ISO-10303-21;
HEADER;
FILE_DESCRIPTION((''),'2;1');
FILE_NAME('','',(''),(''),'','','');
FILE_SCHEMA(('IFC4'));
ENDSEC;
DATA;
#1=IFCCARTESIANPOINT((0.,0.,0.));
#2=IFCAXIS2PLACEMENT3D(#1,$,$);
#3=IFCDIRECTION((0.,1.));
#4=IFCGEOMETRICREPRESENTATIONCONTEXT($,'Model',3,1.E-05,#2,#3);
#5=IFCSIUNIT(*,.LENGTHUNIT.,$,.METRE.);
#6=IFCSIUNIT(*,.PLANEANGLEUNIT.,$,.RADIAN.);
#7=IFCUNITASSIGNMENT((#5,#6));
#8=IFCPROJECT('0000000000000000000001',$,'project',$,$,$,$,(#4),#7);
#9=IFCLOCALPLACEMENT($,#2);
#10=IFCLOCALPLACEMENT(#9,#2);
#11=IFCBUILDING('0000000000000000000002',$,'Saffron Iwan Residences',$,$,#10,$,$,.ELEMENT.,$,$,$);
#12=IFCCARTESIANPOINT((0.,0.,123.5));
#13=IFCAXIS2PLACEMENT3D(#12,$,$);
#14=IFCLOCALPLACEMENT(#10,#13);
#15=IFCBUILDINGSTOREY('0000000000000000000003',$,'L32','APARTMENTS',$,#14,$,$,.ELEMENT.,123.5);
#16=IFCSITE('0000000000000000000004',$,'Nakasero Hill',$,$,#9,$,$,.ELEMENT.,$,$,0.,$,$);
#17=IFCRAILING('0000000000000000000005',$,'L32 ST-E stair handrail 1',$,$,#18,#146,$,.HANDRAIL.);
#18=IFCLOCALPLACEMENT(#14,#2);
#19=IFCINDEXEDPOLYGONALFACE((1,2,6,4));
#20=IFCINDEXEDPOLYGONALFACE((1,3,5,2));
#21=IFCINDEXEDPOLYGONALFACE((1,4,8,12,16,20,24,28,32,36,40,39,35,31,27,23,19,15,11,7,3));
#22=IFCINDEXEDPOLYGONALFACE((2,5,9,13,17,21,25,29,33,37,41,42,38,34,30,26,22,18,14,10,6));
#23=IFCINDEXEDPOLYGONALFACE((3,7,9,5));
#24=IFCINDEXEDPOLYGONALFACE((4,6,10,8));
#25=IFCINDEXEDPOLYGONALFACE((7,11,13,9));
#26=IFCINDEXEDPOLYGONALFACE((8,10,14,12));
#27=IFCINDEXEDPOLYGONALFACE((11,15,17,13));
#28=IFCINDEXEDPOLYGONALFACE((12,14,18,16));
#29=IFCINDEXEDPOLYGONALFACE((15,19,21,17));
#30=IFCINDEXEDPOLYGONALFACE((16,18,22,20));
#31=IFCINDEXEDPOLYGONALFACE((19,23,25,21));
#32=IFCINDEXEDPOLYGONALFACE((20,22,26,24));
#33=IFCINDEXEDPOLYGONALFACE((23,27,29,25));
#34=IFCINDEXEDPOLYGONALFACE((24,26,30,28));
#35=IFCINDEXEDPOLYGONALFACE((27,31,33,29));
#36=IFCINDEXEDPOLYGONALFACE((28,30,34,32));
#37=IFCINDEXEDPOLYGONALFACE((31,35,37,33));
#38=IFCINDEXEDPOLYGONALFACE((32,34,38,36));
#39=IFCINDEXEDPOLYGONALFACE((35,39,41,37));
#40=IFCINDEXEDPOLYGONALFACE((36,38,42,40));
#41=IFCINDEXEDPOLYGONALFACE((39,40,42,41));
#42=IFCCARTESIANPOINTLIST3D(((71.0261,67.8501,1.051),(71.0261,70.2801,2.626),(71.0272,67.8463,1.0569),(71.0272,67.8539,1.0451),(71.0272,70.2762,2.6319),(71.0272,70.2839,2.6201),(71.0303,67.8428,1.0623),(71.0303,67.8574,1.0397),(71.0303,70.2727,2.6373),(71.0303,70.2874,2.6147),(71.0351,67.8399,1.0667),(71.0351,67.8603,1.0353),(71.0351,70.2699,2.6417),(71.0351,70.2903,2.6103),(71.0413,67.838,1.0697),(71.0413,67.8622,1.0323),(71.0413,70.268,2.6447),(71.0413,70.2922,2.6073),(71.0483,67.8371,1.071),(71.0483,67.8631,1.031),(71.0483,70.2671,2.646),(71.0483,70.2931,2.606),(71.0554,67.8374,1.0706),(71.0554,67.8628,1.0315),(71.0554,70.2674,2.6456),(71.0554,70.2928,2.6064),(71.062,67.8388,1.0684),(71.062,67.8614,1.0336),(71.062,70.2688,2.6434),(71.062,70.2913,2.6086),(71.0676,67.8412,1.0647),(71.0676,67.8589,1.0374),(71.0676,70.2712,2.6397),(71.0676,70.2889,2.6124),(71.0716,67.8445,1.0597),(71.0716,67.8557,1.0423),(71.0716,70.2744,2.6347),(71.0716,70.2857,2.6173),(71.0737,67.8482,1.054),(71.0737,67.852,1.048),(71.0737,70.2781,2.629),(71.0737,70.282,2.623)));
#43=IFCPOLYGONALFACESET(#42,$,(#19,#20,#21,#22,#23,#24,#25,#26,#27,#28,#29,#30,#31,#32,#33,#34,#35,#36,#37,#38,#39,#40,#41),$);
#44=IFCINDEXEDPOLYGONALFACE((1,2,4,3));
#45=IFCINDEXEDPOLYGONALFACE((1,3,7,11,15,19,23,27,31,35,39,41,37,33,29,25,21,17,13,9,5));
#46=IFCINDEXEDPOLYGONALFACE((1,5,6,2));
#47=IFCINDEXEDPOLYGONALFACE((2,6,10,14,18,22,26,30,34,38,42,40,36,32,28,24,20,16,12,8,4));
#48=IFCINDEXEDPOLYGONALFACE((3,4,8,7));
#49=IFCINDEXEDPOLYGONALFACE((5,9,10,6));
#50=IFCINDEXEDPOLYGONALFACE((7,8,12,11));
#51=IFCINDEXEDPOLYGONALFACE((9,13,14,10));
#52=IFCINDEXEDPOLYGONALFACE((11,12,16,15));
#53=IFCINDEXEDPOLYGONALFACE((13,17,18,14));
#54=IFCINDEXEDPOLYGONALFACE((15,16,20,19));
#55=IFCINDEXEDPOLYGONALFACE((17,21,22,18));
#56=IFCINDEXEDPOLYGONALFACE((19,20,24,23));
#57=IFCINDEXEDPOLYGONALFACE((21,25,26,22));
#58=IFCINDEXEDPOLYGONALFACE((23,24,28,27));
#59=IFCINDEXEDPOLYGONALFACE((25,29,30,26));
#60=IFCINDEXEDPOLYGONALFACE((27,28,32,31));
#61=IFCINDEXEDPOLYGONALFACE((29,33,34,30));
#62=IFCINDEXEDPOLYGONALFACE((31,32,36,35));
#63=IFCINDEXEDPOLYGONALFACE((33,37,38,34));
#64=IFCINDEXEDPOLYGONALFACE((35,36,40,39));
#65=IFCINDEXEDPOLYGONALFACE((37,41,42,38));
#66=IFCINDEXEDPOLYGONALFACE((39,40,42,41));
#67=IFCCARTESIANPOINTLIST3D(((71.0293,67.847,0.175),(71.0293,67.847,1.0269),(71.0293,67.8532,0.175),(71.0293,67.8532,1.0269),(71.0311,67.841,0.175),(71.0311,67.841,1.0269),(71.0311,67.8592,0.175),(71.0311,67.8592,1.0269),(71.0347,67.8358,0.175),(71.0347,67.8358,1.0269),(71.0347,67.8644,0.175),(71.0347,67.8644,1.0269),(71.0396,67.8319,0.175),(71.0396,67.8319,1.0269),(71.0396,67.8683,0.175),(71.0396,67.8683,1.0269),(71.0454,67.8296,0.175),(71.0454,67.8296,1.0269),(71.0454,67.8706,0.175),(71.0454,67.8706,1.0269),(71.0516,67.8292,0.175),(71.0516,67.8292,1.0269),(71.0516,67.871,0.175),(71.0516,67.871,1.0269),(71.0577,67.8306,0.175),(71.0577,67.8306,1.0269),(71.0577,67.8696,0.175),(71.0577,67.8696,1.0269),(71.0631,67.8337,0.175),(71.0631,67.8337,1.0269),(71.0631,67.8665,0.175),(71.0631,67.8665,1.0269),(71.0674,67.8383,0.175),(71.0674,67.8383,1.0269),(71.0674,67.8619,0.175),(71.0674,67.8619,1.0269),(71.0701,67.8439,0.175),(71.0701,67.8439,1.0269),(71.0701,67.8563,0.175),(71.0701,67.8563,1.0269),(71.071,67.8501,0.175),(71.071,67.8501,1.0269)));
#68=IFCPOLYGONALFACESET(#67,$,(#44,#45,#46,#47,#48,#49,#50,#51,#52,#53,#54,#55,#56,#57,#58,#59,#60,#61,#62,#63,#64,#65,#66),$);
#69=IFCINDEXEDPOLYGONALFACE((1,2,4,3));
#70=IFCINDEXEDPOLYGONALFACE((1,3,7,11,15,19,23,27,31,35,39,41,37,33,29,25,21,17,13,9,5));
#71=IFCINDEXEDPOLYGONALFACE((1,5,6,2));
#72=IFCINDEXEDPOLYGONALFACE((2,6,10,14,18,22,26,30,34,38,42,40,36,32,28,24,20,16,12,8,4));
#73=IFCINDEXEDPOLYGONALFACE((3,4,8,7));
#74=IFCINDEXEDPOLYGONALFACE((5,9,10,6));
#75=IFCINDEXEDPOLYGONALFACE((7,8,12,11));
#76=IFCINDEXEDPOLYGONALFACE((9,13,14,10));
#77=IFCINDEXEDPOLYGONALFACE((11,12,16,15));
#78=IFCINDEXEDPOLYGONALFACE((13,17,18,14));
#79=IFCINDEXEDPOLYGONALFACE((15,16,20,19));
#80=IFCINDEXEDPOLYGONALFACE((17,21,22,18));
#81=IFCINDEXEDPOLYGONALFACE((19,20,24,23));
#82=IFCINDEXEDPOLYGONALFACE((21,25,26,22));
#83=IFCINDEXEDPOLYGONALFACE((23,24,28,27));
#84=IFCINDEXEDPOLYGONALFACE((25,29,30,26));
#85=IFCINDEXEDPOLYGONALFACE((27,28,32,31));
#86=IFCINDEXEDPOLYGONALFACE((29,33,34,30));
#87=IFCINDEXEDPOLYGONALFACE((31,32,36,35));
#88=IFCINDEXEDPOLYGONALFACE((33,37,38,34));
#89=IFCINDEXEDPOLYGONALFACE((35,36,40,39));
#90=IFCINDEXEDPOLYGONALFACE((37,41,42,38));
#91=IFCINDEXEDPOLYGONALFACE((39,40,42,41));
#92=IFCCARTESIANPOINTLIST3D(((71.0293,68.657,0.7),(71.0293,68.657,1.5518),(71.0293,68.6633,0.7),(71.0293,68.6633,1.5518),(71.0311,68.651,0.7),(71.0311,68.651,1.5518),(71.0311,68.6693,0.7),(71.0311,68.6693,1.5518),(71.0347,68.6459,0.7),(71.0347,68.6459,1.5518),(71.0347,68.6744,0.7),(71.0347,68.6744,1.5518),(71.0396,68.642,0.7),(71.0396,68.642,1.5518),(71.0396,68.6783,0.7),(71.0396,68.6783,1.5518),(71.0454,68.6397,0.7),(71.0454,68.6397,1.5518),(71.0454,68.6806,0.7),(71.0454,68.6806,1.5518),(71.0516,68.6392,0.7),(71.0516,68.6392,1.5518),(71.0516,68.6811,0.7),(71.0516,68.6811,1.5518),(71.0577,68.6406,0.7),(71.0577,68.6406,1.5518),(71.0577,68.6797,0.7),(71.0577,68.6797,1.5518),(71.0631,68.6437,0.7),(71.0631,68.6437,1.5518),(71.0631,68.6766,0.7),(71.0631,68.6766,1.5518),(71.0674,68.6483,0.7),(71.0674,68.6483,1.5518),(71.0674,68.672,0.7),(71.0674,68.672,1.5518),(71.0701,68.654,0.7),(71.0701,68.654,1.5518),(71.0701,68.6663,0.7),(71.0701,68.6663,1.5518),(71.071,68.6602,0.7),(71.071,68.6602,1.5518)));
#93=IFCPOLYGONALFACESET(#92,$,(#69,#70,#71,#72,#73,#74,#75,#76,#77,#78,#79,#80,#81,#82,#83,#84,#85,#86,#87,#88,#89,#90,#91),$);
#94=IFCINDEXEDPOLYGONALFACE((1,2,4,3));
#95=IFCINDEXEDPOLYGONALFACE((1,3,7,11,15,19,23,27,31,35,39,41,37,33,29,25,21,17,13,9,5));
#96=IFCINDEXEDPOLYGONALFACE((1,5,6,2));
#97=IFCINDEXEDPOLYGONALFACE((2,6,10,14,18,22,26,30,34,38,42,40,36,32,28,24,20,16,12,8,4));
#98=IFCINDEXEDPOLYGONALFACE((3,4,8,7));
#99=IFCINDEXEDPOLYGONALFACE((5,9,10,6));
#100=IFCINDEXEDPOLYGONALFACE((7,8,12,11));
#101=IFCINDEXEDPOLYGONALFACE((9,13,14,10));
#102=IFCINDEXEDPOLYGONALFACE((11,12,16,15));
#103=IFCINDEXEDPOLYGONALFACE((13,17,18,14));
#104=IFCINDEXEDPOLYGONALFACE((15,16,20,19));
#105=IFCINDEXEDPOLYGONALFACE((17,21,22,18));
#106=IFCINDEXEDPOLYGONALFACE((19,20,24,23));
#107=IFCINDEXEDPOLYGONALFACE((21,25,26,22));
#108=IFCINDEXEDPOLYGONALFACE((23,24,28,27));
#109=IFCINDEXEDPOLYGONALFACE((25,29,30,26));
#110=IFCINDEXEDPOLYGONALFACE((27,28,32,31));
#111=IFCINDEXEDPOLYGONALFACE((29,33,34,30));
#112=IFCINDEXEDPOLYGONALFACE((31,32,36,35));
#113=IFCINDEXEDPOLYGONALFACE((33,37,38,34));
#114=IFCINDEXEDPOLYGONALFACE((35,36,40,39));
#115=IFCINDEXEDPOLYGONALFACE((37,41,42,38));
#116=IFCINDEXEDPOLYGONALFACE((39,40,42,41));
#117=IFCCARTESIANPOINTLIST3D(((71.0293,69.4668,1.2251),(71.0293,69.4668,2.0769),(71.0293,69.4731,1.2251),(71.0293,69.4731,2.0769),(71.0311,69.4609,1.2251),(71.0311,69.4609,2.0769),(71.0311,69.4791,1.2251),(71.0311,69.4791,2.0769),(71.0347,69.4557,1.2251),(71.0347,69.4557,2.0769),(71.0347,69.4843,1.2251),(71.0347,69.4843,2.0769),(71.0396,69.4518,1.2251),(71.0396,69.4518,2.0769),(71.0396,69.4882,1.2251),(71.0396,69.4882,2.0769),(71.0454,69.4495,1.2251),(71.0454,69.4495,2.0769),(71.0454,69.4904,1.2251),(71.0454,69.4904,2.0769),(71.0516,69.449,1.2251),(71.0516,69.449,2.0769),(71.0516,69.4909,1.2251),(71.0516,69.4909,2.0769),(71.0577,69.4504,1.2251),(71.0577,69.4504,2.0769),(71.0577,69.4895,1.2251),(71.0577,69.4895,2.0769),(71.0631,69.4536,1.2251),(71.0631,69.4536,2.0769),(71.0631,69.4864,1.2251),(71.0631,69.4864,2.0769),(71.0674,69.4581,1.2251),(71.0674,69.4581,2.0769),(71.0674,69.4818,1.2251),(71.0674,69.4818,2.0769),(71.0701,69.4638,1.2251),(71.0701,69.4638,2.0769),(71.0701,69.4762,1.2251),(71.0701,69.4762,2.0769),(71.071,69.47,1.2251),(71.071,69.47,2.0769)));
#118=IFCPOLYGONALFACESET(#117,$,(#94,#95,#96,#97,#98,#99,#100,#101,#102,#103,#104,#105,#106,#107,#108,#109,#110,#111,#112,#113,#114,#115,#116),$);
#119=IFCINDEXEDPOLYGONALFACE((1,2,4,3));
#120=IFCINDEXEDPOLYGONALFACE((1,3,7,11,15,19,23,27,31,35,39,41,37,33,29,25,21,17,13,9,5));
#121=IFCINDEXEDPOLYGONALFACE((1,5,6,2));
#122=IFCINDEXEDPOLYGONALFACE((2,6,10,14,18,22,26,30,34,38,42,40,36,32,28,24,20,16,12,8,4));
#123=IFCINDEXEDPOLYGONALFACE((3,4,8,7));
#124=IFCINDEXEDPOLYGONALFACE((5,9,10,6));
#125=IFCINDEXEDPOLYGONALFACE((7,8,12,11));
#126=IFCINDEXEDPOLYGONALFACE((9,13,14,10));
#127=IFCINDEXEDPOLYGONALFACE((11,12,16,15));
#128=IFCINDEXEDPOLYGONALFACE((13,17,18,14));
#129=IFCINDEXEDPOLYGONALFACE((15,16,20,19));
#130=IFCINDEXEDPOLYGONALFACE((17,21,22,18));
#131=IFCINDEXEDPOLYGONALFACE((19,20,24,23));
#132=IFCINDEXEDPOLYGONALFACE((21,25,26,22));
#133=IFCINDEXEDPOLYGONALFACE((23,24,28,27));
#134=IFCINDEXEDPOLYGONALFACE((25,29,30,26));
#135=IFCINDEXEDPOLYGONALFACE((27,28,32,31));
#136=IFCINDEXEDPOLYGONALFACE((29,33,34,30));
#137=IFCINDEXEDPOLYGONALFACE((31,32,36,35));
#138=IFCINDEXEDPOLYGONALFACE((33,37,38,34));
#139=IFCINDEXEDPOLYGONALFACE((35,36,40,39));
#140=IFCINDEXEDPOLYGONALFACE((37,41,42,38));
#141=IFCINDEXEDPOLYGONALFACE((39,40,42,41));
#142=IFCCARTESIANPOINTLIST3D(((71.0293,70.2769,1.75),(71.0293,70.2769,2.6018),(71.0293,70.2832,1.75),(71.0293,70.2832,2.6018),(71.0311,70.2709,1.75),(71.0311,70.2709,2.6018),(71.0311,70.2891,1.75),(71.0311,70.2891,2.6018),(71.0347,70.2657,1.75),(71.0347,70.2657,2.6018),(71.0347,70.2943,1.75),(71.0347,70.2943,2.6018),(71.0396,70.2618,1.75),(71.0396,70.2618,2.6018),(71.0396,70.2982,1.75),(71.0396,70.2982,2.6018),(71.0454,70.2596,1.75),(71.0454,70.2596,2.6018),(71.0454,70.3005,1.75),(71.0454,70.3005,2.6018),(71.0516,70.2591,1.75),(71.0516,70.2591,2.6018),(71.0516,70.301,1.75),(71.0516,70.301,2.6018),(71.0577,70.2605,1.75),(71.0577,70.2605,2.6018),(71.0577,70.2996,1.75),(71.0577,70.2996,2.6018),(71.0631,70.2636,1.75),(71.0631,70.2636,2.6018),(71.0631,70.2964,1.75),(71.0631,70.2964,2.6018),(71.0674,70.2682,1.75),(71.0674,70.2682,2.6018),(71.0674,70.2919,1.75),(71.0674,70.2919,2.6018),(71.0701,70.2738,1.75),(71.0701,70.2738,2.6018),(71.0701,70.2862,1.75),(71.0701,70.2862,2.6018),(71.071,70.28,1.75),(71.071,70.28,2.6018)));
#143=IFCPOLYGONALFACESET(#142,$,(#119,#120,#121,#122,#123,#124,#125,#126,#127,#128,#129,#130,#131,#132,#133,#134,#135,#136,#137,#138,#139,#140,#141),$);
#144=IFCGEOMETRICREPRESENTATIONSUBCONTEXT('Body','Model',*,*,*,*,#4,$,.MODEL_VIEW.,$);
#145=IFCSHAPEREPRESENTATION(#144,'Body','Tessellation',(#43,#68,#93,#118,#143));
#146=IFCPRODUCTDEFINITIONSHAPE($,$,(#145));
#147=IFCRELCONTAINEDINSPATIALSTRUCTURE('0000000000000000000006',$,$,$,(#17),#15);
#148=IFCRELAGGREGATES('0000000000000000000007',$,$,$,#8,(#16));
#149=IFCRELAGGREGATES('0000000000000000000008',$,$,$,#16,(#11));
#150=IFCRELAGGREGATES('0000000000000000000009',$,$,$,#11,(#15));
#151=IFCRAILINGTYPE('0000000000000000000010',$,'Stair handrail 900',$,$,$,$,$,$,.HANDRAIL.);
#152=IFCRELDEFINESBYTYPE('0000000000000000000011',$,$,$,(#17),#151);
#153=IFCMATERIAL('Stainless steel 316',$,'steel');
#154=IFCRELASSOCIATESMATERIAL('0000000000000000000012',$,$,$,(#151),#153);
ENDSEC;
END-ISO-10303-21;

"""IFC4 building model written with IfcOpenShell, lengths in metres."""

from ifc_helpers import new_model, si_unit, direction, frame, origin, origin_2d, place, context, subcontext, project, spatial, circle, extrude, material, type_object, element, save


model = new_model("IFC4")

# Units and contexts
model_context = context("Model", 3, precision=1e-05, world=origin(), true_north=direction((0.0, 1.0)))
body_context = subcontext(model_context, "Body", "Model", "MODEL_VIEW")
ifc_project = project(units=[si_unit("LENGTHUNIT", "METRE"), si_unit("PLANEANGLEUNIT", "RADIAN")], contexts=[model_context])

# Site, building, storey
site_placement = place(None, origin())
site = spatial("IfcSite", under=ifc_project, at=site_placement, Name="Nakasero Hill", CompositionType="ELEMENT", RefElevation=0.0)
building_placement = place(site_placement, origin())
building = spatial("IfcBuilding", under=site, at=building_placement, Name="Saffron Iwan Residences", CompositionType="ELEMENT")
storey_placement = place(building_placement, frame((0.0, 0.0, 123.5)))
storey = spatial("IfcBuildingStorey", under=building, at=storey_placement, Name="L32", Description="APARTMENTS", CompositionType="ELEMENT", Elevation=123.5)

# Railing
ifc_material_1 = material(Name="Stainless steel 316", Category="steel")
railing_type_1 = type_object("IfcRailingType", Name="Stair handrail 900", PredefinedType="HANDRAIL", material=ifc_material_1)
railing_1_placement = place(storey_placement, frame((71.05, 67.8501, 0.175)))
element("IfcRailing", 1, at=railing_1_placement, inside=storey, type_object=railing_type_1, Name="L32 ST-E stair handrail 1", PredefinedType="HANDRAIL", context=body_context, shape_type="SweptSolid", body=[
    extrude(circle(Radius=0.0239, at=origin_2d()), frame((0.0, 0.0, 0.876), z_axis=(0.0, 0.839154, 0.543894), x_axis=(-1.0, 0.0, 0.0)), (0.0, 0.0, 1.0), 2.8958),
    extrude(circle(Radius=0.021, at=origin_2d()), origin(), (0.0, 0.0, 1.0), 0.8518),
    extrude(circle(Radius=0.021, at=origin_2d()), frame((0.0, 0.8101, 0.5249)), (0.0, 0.0, 1.0), 0.8518),
    extrude(circle(Radius=0.021, at=origin_2d()), frame((0.0, 1.6199, 1.05)), (0.0, 0.0, 1.0), 0.8518),
    extrude(circle(Radius=0.021, at=origin_2d()), frame((0.0, 2.4299, 1.575)), (0.0, 0.0, 1.0), 0.8518),
])

save(model, "model.ifc")
